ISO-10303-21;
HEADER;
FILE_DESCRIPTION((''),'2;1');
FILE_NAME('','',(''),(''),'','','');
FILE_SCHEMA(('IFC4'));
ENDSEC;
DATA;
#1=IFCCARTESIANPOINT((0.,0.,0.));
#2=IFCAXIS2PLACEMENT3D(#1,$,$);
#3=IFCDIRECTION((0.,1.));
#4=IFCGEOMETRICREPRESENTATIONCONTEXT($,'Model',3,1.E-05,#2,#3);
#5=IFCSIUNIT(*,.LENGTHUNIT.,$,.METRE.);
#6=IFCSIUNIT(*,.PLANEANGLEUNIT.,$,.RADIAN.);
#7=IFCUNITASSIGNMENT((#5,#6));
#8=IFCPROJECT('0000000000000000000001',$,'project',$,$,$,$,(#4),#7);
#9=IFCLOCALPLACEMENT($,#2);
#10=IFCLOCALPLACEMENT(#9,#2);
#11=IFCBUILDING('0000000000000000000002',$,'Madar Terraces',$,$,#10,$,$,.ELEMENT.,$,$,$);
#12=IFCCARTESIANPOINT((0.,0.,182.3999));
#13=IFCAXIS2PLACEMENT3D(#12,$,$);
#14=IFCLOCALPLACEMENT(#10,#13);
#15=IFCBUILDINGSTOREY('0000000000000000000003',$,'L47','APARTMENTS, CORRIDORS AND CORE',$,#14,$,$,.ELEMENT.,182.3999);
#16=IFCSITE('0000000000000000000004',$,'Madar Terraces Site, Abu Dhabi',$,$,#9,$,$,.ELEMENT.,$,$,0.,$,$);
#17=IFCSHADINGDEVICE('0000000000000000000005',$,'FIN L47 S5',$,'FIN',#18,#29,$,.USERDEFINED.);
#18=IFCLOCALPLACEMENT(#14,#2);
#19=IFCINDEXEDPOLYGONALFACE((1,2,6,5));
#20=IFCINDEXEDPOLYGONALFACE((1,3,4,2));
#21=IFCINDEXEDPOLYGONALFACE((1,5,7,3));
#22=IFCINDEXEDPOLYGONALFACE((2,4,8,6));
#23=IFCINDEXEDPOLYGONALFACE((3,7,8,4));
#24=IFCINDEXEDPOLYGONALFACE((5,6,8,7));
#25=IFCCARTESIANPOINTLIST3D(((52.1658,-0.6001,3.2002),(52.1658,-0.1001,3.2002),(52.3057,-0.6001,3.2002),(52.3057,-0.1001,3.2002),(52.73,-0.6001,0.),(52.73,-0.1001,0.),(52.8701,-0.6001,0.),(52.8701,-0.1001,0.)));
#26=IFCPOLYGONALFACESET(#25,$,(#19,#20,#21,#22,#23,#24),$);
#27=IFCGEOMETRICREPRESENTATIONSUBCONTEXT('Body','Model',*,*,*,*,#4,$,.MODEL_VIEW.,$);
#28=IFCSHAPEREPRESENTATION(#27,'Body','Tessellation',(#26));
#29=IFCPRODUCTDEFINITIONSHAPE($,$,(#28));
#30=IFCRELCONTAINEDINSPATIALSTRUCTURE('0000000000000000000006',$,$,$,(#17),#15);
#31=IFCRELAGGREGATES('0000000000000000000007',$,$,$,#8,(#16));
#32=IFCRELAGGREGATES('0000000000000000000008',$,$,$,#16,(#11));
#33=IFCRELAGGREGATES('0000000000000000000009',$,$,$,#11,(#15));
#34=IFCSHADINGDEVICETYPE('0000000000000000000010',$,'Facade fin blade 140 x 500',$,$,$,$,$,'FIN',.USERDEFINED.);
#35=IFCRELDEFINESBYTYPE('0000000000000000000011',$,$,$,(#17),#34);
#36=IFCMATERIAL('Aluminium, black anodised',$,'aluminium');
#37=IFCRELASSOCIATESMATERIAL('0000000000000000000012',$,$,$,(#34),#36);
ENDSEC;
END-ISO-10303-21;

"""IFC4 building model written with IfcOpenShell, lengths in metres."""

from ifc_helpers import new_model, si_unit, direction, frame, origin, place, context, subcontext, project, spatial, polyline, outline, extrude, material, type_object, element, save


model = new_model("IFC4")

# Units and contexts
model_context = context("Model", 3, precision=1e-05, world=origin(), true_north=direction((0.0, 1.0)))
body_context = subcontext(model_context, "Body", "Model", "MODEL_VIEW")
ifc_project = project(units=[si_unit("LENGTHUNIT", "METRE"), si_unit("PLANEANGLEUNIT", "RADIAN")], contexts=[model_context])

# Site, building, storey
site_placement = place(None, origin())
site = spatial("IfcSite", under=ifc_project, at=site_placement, Name="Madar Terraces Site, Abu Dhabi", CompositionType="ELEMENT", RefElevation=0.0)
building_placement = place(site_placement, origin())
building = spatial("IfcBuilding", under=site, at=building_placement, Name="Madar Terraces", CompositionType="ELEMENT")
storey_placement = place(building_placement, frame((0.0, 0.0, 182.3999)))
storey = spatial("IfcBuildingStorey", under=building, at=storey_placement, Name="L47", Description="APARTMENTS, CORRIDORS AND CORE", CompositionType="ELEMENT", Elevation=182.3999)

# Shading device
ifc_material_1 = material(Name="Aluminium, black anodised", Category="aluminium")
shading_device_type = type_object("IfcShadingDeviceType", Name="Facade fin blade 140 x 500", ElementType="FIN", PredefinedType="USERDEFINED", material=ifc_material_1)
shading_device_placement = place(storey_placement, frame((52.73, -0.3501, 0.0), z_axis=(0.0, 0.0, 1.0), x_axis=(1.0, 0.0, 0.0)))
element("IfcShadingDevice", 1, at=shading_device_placement, inside=storey, type_object=shading_device_type, Name="FIN L47 S5", ObjectType="FIN", PredefinedType="USERDEFINED", context=body_context, shape_type="SweptSolid", body=[
    extrude(outline(polyline([(0.0, 0.0), (0.1401, 0.0), (-0.4243, 3.2002), (-0.5642, 3.2002), (0.0, 0.0)])), frame((0.0, 0.25, 0.0), z_axis=(0.0, -1.0, 0.0), x_axis=(1.0, 0.0, 0.0)), (0.0, 0.0, 1.0), 0.5),
])

save(model, "model.ifc")
